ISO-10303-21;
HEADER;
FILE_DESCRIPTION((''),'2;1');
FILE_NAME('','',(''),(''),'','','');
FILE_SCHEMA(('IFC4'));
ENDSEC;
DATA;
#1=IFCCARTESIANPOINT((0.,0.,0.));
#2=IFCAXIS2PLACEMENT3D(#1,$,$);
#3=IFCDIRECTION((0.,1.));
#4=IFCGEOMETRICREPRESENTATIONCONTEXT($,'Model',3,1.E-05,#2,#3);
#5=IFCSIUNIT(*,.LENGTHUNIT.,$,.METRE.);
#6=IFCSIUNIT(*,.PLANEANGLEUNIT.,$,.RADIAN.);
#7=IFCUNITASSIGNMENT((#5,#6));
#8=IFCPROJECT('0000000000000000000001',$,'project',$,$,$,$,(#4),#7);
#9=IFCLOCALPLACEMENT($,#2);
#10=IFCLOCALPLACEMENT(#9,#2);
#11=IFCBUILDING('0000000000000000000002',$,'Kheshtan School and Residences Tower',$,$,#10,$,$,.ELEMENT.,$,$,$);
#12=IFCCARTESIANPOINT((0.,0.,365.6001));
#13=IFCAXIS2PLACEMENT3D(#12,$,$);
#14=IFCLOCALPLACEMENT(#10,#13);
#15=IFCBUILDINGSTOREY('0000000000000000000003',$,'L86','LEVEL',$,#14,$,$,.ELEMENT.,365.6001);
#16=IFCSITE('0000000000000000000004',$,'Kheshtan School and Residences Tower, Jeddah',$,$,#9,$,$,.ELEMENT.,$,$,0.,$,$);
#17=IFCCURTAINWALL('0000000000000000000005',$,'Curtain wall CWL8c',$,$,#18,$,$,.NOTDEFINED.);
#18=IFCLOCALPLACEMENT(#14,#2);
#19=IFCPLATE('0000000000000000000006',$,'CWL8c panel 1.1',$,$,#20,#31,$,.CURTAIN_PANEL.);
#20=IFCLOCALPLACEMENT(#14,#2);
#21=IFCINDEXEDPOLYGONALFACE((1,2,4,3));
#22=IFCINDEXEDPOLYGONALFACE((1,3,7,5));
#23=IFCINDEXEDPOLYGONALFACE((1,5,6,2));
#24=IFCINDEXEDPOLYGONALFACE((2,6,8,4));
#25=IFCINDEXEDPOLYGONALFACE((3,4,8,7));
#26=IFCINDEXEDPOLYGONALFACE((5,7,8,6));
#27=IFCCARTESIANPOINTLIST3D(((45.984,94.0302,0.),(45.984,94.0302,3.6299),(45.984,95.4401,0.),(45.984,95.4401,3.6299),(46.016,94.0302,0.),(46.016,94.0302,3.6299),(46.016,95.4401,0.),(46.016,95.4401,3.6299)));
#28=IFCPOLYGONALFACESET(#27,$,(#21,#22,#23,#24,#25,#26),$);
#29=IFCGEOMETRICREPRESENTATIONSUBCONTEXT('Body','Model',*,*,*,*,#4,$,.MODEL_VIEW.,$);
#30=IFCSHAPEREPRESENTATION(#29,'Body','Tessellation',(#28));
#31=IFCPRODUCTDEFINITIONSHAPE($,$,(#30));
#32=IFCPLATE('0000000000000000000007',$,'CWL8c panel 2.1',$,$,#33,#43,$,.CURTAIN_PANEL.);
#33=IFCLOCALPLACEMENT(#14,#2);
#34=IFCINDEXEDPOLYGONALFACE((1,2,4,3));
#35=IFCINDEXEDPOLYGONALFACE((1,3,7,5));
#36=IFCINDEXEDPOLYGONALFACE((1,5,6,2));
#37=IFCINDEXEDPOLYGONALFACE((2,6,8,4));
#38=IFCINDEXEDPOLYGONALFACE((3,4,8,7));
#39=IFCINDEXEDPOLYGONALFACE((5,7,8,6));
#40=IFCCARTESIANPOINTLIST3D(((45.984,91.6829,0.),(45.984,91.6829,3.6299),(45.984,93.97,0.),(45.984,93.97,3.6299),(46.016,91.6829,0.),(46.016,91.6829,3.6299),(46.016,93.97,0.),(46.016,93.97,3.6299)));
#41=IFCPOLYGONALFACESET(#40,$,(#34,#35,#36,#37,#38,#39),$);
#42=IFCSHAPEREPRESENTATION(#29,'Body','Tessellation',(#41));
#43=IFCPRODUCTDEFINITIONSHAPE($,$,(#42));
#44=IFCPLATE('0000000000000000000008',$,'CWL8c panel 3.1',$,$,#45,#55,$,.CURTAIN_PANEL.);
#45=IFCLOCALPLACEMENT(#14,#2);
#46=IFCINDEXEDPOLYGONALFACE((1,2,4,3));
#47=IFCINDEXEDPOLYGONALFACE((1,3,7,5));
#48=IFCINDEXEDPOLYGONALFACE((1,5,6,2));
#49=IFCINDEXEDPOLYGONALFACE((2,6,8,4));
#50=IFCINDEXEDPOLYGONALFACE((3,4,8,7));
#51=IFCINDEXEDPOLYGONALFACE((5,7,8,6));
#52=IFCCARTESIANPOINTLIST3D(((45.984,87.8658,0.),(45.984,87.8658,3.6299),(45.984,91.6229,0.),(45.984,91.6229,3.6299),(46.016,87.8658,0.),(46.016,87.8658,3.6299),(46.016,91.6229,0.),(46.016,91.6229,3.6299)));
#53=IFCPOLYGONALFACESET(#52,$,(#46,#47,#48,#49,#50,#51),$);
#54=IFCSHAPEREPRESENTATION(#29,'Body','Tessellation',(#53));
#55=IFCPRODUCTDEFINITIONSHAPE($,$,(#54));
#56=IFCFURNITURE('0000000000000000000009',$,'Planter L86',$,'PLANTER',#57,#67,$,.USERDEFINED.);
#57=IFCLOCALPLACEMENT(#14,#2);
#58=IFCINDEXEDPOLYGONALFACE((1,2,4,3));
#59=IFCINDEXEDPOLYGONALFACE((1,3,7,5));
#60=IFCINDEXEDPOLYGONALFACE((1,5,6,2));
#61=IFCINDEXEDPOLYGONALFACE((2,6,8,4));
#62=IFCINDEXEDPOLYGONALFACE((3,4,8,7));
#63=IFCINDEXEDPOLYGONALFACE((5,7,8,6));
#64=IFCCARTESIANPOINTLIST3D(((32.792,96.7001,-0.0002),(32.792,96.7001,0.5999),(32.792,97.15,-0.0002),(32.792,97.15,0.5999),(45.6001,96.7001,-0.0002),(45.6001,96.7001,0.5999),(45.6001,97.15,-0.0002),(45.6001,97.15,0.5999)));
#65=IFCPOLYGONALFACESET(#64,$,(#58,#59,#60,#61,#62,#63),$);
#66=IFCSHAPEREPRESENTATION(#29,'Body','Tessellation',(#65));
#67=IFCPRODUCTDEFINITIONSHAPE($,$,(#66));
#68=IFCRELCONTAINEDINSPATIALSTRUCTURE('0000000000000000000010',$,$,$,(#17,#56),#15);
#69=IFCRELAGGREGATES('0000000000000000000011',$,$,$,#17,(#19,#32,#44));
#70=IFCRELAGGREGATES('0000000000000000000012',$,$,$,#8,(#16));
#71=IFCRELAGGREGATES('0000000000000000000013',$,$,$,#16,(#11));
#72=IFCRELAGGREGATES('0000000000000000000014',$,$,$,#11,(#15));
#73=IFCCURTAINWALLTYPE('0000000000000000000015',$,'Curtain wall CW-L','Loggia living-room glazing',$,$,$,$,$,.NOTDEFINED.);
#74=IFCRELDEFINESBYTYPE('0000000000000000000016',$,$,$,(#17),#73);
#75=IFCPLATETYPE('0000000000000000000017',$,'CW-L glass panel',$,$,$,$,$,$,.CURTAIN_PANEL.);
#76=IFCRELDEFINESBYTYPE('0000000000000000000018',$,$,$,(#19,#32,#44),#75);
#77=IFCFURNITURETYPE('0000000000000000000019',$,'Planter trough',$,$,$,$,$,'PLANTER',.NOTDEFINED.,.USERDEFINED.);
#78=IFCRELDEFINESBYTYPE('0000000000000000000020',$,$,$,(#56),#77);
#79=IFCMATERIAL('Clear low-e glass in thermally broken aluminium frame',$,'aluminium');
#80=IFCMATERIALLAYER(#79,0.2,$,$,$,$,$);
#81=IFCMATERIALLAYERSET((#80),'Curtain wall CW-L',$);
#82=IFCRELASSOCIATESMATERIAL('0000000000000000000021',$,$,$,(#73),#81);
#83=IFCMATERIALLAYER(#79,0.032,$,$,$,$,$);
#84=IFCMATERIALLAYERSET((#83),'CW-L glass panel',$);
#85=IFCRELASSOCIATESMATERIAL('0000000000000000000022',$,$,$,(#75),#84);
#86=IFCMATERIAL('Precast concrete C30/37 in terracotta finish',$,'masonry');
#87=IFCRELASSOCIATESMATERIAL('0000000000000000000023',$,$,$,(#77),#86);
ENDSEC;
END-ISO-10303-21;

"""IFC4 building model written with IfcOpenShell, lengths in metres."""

from ifc_helpers import new_model, si_unit, direction, frame, origin, origin_2d, place, context, subcontext, project, spatial, rectangle, extrude, material, layer, layer_set, type_object, element, aggregate, save


model = new_model("IFC4")

# Units and contexts
model_context = context("Model", 3, precision=1e-05, world=origin(), true_north=direction((0.0, 1.0)))
body_context = subcontext(model_context, "Body", "Model", "MODEL_VIEW")
ifc_project = project(units=[si_unit("LENGTHUNIT", "METRE"), si_unit("PLANEANGLEUNIT", "RADIAN")], contexts=[model_context])

# Site, building, storey
site_placement = place(None, origin())
site = spatial("IfcSite", under=ifc_project, at=site_placement, Name="Kheshtan School and Residences Tower, Jeddah", CompositionType="ELEMENT", RefElevation=0.0)
building_placement = place(site_placement, origin())
building = spatial("IfcBuilding", under=site, at=building_placement, Name="Kheshtan School and Residences Tower", CompositionType="ELEMENT")
storey_placement = place(building_placement, frame((0.0, 0.0, 365.6001)))
storey = spatial("IfcBuildingStorey", under=building, at=storey_placement, Name="L86", Description="LEVEL", CompositionType="ELEMENT", Elevation=365.6001)

# Curtain wall
ifc_material_1 = material(Name="Clear low-e glass in thermally broken aluminium frame", Category="aluminium")
ifc_layer_1 = layer(ifc_material_1, 0.2)
ifc_layer_set_1 = layer_set([ifc_layer_1], Name="Curtain wall CW-L")
curtain_wall_type = type_object("IfcCurtainWallType", Name="Curtain wall CW-L", Description="Loggia living-room glazing", PredefinedType="NOTDEFINED", material=ifc_layer_set_1)
curtain_wall_1_placement = place(storey_placement, origin())
curtain_wall_1 = element("IfcCurtainWall", 1, at=curtain_wall_1_placement, inside=storey, type_object=curtain_wall_type, Name="Curtain wall CWL8c", PredefinedType="NOTDEFINED")

# Plates
ifc_layer_2 = layer(ifc_material_1, 0.032)
ifc_layer_set_2 = layer_set([ifc_layer_2], Name="CW-L glass panel")
plate_type = type_object("IfcPlateType", Name="CW-L glass panel", PredefinedType="CURTAIN_PANEL", material=ifc_layer_set_2)
plate_1_placement = place(storey_placement, frame((46.0, 94.7351, 0.0), z_axis=(0.0, 0.0, 1.0), x_axis=(0.0, -1.0, 0.0)))
plate_1 = element("IfcPlate", 2, at=plate_1_placement, type_object=plate_type, Name="CWL8c panel 1.1", PredefinedType="CURTAIN_PANEL", context=body_context, shape_type="SweptSolid", body=[
    extrude(rectangle(XDim=1.4099, YDim=0.032, at=origin_2d()), origin(), (0.0, 0.0, 1.0), 3.6299),
])
plate_2_placement = place(storey_placement, frame((46.0, 92.8264, 0.0), z_axis=(0.0, 0.0, 1.0), x_axis=(0.0, -1.0, 0.0)))
plate_2 = element("IfcPlate", 3, at=plate_2_placement, type_object=plate_type, Name="CWL8c panel 2.1", PredefinedType="CURTAIN_PANEL", context=body_context, shape_type="SweptSolid", body=[
    extrude(rectangle(XDim=2.2871, YDim=0.032, at=origin_2d()), origin(), (0.0, 0.0, 1.0), 3.6299),
])
plate_3_placement = place(storey_placement, frame((46.0, 89.7444, 0.0), z_axis=(0.0, 0.0, 1.0), x_axis=(0.0, -1.0, 0.0)))
plate_3 = element("IfcPlate", 4, at=plate_3_placement, type_object=plate_type, Name="CWL8c panel 3.1", PredefinedType="CURTAIN_PANEL", context=body_context, shape_type="SweptSolid", body=[
    extrude(rectangle(XDim=3.7571, YDim=0.032, at=origin_2d()), origin(), (0.0, 0.0, 1.0), 3.6299),
])
aggregate(curtain_wall_1, [plate_1, plate_2, plate_3])

# Furniture
ifc_material_2 = material(Name="Precast concrete C30/37 in terracotta finish", Category="masonry")
furniture_type = type_object("IfcFurnitureType", Name="Planter trough", ElementType="PLANTER", AssemblyPlace="NOTDEFINED", PredefinedType="USERDEFINED", material=ifc_material_2)
furniture_placement = place(storey_placement, frame((39.196, 96.925, -0.0002), z_axis=(0.0, 0.0, 1.0), x_axis=(1.0, 0.0, 0.0)))
element("IfcFurniture", 5, at=furniture_placement, inside=storey, type_object=furniture_type, Name="Planter L86", ObjectType="PLANTER", PredefinedType="USERDEFINED", context=body_context, shape_type="SweptSolid", body=[
    extrude(rectangle(XDim=12.8081, YDim=0.45, at=origin_2d()), origin(), (0.0, 0.0, 1.0), 0.6001),
])

save(model, "model.ifc")
